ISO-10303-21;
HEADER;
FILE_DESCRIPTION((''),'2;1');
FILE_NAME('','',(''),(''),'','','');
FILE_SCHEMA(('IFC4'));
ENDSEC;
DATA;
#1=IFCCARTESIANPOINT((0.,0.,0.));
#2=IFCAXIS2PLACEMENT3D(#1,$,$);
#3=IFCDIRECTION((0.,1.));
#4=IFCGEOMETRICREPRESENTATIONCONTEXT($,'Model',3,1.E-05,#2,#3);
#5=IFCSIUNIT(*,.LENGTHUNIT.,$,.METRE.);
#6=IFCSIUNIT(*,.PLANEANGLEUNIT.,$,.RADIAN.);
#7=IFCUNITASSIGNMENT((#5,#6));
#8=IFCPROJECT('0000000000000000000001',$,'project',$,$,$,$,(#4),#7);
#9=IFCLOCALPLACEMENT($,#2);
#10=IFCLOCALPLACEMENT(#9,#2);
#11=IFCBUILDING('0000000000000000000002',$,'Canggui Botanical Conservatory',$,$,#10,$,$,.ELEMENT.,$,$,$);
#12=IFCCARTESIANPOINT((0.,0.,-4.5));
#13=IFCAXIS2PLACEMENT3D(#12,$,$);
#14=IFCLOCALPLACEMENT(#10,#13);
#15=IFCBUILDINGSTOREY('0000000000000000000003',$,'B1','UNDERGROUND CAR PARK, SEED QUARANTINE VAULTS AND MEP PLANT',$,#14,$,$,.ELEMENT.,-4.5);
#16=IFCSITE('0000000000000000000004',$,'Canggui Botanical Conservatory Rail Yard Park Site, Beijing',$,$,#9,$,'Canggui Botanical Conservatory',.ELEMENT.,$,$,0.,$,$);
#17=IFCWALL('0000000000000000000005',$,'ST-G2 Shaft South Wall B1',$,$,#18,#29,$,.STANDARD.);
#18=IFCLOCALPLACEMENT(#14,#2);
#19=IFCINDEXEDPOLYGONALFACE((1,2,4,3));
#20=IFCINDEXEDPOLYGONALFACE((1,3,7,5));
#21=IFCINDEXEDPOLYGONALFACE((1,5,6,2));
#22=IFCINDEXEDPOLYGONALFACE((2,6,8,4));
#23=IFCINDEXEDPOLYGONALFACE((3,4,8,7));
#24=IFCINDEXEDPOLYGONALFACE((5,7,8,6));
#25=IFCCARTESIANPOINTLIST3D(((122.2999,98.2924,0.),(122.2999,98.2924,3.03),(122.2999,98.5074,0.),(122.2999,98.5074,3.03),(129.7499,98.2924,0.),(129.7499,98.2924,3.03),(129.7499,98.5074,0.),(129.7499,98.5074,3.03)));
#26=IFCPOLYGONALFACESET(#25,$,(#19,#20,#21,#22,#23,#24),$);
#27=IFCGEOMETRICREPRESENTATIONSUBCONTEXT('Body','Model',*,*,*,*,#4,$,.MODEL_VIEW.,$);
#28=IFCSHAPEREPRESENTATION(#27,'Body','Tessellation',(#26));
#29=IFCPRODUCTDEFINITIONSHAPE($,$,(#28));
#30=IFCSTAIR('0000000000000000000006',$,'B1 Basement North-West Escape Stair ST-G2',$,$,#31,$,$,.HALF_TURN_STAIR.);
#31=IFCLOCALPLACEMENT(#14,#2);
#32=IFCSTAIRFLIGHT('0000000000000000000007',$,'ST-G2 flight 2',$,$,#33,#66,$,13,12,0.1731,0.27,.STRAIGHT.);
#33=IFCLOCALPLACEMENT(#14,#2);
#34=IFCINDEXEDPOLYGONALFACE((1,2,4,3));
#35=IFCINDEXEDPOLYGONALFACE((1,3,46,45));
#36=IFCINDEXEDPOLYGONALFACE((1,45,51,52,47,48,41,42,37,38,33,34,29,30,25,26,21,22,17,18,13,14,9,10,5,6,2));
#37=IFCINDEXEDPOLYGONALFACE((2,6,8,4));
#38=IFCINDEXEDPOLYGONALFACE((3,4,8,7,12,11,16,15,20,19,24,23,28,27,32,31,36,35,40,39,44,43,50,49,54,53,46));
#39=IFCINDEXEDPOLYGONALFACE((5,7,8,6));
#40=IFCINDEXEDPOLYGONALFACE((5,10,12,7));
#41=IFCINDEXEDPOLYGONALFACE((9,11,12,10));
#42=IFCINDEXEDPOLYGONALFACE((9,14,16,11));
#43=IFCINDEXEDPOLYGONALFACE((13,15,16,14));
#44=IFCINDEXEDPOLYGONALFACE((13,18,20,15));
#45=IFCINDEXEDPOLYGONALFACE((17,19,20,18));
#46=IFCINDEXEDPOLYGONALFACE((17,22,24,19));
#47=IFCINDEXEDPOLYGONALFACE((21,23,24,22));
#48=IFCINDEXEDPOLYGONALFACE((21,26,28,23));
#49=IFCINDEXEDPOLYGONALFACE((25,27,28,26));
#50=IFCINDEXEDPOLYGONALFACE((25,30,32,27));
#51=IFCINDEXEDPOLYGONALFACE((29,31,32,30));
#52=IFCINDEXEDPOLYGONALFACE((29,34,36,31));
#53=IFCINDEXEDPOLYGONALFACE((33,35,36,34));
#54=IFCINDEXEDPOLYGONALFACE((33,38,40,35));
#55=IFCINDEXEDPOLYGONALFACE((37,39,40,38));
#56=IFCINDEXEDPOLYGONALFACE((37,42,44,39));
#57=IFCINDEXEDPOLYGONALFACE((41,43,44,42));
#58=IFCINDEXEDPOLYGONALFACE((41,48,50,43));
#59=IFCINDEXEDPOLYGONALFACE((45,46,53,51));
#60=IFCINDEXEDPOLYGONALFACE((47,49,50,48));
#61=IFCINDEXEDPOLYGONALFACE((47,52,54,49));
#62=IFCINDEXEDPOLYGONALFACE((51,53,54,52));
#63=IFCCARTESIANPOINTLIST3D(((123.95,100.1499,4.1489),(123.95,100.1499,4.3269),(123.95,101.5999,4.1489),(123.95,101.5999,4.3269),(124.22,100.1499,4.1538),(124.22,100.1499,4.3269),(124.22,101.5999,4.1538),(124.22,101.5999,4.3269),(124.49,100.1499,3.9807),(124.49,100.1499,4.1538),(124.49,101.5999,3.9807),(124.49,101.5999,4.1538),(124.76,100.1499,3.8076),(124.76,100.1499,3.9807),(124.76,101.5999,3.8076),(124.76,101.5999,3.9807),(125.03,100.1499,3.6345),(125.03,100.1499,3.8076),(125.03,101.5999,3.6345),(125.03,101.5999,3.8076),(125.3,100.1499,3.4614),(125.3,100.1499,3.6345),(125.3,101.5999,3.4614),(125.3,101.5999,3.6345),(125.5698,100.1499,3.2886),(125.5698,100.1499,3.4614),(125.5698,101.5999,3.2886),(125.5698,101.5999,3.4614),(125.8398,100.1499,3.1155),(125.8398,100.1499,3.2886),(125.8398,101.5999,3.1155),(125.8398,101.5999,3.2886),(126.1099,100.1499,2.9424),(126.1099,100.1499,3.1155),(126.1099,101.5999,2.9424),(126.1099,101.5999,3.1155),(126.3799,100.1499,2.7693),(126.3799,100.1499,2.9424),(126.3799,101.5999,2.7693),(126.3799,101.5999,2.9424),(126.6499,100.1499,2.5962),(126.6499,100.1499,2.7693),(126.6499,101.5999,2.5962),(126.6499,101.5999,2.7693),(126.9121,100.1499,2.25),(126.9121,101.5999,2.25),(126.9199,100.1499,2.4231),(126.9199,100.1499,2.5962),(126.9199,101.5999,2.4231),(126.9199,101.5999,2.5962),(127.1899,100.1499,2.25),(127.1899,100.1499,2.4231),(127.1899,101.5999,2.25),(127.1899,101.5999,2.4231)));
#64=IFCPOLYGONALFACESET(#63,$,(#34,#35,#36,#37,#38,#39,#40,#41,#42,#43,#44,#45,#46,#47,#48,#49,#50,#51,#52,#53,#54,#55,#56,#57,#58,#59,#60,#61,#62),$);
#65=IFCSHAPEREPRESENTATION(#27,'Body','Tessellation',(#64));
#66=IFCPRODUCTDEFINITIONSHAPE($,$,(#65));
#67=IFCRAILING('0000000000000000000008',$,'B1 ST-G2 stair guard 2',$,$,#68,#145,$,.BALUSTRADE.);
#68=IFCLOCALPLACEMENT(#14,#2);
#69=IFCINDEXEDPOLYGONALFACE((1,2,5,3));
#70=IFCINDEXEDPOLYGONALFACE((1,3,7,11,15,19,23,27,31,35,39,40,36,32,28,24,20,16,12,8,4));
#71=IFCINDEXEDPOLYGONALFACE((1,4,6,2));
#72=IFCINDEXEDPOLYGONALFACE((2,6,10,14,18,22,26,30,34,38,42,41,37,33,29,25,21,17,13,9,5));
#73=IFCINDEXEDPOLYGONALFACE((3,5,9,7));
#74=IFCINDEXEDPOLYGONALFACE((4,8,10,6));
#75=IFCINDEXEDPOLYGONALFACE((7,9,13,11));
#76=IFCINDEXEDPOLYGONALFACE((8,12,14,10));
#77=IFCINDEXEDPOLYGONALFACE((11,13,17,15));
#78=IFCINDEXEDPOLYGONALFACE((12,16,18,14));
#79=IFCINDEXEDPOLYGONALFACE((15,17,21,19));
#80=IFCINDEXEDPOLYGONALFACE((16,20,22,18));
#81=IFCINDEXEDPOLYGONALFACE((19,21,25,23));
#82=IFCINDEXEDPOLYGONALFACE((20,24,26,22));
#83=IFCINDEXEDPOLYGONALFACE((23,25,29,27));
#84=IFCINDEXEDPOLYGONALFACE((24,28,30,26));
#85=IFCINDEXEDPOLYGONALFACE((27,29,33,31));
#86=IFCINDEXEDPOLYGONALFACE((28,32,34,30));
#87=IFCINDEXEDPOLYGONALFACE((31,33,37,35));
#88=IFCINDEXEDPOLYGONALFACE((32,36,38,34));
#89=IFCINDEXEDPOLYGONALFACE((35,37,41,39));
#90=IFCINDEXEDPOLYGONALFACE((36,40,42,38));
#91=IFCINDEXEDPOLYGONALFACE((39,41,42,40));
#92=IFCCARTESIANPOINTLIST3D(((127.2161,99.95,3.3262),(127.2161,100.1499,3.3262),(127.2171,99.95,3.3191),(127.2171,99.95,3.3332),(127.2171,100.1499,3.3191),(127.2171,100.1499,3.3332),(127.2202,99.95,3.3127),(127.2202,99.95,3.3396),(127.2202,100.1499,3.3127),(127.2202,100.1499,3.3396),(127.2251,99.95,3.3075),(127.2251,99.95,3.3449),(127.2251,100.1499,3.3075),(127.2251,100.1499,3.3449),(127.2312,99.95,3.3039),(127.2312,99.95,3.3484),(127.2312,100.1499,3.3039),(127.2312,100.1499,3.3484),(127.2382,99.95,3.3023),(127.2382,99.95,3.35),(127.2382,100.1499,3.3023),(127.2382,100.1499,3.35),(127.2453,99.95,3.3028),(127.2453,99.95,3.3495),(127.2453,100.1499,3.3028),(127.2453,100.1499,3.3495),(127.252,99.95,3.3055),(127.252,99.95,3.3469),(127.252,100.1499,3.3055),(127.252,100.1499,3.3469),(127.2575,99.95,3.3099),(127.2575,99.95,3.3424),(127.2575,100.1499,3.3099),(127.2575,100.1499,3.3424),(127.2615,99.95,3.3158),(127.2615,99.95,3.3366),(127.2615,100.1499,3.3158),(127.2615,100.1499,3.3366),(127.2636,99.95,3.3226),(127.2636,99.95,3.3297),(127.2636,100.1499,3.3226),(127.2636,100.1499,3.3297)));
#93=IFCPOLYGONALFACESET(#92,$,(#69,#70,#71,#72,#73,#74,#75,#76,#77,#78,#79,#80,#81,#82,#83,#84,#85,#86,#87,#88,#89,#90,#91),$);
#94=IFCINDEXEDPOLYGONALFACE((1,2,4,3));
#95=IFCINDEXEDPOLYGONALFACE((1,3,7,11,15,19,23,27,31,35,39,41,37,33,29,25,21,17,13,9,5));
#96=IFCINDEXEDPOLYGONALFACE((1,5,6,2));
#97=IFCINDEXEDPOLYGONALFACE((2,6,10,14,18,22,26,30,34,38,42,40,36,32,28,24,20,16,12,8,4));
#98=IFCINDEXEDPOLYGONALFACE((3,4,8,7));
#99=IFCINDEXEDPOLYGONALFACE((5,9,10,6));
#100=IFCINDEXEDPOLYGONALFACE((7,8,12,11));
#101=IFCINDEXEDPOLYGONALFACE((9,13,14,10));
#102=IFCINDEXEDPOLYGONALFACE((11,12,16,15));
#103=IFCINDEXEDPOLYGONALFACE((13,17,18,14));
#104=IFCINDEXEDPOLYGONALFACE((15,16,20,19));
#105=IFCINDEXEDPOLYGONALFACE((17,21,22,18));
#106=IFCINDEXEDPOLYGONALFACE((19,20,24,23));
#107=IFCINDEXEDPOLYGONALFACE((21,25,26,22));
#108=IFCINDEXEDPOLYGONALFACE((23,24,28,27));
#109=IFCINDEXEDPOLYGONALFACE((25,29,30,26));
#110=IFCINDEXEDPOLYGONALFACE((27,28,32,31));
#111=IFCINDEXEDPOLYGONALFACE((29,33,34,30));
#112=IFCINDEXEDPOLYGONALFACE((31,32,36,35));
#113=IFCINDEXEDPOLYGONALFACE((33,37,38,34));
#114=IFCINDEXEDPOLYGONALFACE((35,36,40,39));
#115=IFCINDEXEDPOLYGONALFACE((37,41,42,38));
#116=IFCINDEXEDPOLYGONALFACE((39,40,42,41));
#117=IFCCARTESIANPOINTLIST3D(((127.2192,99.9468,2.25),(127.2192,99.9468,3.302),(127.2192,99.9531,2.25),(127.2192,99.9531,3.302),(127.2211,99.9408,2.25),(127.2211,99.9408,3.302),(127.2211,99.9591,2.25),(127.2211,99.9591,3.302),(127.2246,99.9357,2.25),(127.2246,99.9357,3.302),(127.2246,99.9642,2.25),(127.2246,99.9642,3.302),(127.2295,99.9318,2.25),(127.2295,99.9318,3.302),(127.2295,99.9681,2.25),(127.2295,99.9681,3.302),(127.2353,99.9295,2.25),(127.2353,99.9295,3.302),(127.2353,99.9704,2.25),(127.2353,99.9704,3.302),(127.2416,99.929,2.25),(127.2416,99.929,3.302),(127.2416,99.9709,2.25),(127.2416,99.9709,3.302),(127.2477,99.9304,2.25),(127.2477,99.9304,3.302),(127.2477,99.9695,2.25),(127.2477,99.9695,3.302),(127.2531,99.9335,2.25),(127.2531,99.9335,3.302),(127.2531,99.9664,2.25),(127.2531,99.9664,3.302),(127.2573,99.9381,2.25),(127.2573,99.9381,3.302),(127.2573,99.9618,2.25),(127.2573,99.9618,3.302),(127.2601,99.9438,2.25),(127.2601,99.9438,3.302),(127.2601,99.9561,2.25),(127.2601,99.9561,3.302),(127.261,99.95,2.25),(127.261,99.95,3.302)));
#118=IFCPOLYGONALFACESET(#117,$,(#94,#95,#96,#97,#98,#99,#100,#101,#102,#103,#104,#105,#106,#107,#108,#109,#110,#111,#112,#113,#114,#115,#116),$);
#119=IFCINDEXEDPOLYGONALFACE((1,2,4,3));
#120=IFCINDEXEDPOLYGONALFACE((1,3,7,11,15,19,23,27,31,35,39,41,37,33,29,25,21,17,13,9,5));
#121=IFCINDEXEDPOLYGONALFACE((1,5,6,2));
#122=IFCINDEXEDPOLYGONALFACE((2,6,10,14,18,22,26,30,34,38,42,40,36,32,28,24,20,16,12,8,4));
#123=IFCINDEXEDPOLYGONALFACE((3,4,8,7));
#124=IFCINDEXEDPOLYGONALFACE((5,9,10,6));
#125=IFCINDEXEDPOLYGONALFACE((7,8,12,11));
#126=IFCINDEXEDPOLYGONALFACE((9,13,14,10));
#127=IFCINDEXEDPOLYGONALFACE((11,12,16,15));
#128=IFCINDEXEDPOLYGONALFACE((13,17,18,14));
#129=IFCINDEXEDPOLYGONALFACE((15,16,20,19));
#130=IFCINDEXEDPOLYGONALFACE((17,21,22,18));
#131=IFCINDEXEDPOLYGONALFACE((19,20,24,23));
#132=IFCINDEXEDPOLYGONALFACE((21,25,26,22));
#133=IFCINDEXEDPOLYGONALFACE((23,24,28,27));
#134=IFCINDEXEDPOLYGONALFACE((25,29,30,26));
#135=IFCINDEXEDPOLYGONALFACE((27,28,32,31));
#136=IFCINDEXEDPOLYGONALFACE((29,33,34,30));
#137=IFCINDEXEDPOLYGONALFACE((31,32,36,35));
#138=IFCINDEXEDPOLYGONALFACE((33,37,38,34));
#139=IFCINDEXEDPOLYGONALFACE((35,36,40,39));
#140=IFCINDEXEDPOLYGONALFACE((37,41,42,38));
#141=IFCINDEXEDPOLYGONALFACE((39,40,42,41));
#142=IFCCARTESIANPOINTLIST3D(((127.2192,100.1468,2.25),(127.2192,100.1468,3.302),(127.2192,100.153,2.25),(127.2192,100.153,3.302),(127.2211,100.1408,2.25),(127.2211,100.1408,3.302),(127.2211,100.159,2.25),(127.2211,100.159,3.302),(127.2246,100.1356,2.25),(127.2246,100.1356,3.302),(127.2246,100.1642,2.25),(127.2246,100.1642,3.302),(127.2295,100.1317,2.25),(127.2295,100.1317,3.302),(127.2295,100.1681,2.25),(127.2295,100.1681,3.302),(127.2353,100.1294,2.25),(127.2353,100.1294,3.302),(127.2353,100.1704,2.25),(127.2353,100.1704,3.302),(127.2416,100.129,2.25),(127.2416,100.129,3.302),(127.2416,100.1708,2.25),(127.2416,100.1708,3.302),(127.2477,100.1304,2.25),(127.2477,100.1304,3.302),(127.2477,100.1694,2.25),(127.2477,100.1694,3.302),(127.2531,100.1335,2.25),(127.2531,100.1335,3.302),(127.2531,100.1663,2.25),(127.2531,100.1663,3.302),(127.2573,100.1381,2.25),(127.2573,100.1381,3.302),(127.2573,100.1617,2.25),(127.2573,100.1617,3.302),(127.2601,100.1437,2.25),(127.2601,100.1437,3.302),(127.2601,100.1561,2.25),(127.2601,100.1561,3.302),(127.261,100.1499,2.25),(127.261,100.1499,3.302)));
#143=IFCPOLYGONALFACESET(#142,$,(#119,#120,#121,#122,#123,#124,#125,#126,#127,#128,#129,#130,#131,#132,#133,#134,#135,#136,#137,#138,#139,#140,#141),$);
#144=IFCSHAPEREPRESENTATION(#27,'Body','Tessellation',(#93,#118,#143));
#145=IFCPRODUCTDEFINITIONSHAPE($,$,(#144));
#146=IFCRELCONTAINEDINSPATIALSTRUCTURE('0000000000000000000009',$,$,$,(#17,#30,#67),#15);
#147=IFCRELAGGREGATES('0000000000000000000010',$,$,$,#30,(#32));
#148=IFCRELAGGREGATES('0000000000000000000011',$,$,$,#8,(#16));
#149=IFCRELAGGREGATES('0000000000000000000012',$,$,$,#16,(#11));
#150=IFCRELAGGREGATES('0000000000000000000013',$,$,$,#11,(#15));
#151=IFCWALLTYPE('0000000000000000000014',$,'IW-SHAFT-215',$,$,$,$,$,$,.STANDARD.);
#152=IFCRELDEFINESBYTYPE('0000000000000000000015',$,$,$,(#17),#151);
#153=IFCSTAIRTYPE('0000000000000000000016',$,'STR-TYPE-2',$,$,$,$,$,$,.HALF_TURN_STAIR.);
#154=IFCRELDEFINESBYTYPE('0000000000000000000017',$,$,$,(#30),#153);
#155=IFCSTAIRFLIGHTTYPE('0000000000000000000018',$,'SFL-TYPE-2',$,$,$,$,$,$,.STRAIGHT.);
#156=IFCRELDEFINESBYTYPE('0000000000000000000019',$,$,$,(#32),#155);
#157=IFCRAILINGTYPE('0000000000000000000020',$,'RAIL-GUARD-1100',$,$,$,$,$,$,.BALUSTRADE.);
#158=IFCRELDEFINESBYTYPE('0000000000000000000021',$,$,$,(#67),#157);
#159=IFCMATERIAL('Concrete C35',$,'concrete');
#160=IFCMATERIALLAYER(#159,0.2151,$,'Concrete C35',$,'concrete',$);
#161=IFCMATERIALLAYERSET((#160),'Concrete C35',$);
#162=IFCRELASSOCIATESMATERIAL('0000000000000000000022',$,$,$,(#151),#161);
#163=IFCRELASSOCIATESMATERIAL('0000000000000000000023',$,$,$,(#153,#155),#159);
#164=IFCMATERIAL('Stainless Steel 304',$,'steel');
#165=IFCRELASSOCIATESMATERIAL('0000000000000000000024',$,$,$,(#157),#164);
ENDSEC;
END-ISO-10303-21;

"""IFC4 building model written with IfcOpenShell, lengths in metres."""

from ifc_helpers import new_model, si_unit, direction, frame, frame_2d, origin, origin_2d, place, context, subcontext, project, spatial, polyline, rectangle, circle, outline, extrude, material, layer, layer_set, type_object, element, aggregate, save


model = new_model("IFC4")

# Units and contexts
model_context = context("Model", 3, precision=1e-05, world=origin(), true_north=direction((0.0, 1.0)))
body_context = subcontext(model_context, "Body", "Model", "MODEL_VIEW")
ifc_project = project(units=[si_unit("LENGTHUNIT", "METRE"), si_unit("PLANEANGLEUNIT", "RADIAN")], contexts=[model_context])

# Site, building, storey
site_placement = place(None, origin())
site = spatial("IfcSite", under=ifc_project, at=site_placement, Name="Canggui Botanical Conservatory Rail Yard Park Site, Beijing", LongName="Canggui Botanical Conservatory", CompositionType="ELEMENT", RefElevation=0.0)
building_placement = place(site_placement, origin())
building = spatial("IfcBuilding", under=site, at=building_placement, Name="Canggui Botanical Conservatory", CompositionType="ELEMENT")
storey_placement = place(building_placement, frame((0.0, 0.0, -4.5)))
storey = spatial("IfcBuildingStorey", under=building, at=storey_placement, Name="B1", Description="UNDERGROUND CAR PARK, SEED QUARANTINE VAULTS AND MEP PLANT", CompositionType="ELEMENT", Elevation=-4.5)

# Shared definitions
ifc_material_1 = material(Name="Concrete C35", Category="concrete")

# Wall
ifc_layer = layer(ifc_material_1, 0.2151, Name="Concrete C35", Category="concrete")
ifc_layer_set = layer_set([ifc_layer], Name="Concrete C35")
wall_type = type_object("IfcWallType", Name="IW-SHAFT-215", PredefinedType="STANDARD", material=ifc_layer_set)
wall_1_placement = place(storey_placement, frame((129.75, 98.3999, 0.0), z_axis=(0.0, 0.0, 1.0), x_axis=(-1.0, 0.0, 0.0)))
element("IfcWall", 1, at=wall_1_placement, inside=storey, type_object=wall_type, Name="ST-G2 Shaft South Wall B1", PredefinedType="STANDARD", context=body_context, shape_type="SweptSolid", body=[
    extrude(rectangle(XDim=7.45, YDim=0.2151, at=frame_2d((3.7251, 0.0))), origin(), (0.0, 0.0, 1.0), 3.03),
])

# Stair, stair flight
stair_type = type_object("IfcStairType", Name="STR-TYPE-2", PredefinedType="HALF_TURN_STAIR", material=ifc_material_1)
stair_placement = place(storey_placement, origin())
stair = element("IfcStair", 2, at=stair_placement, inside=storey, type_object=stair_type, Name="B1 Basement North-West Escape Stair ST-G2", PredefinedType="HALF_TURN_STAIR")
stair_flight_type = type_object("IfcStairFlightType", Name="SFL-TYPE-2", PredefinedType="STRAIGHT", material=ifc_material_1)
stair_flight_placement = place(storey_placement, frame((127.1899, 100.875, 2.25), z_axis=(0.0, 0.0, 1.0), x_axis=(-1.0, 0.0, 0.0)))
stair_flight = element("IfcStairFlight", 3, at=stair_flight_placement, type_object=stair_flight_type, Name="ST-G2 flight 2", NumberOfRisers=13, NumberOfTreads=12, PredefinedType="STRAIGHT", RiserHeight=0.1731, TreadLength=0.27, context=body_context, shape_type="SweptSolid", body=[
    extrude(outline(polyline([(0.0, 0.0), (0.0, 0.1731), (0.27, 0.1731), (0.27, 0.3462), (0.54, 0.3462), (0.54, 0.5193), (0.8101, 0.5193), (0.8101, 0.6924), (1.0801, 0.6924), (1.0801, 0.8655), (1.3501, 0.8655), (1.3501, 1.0386), (1.6201, 1.0386), (1.6201, 1.2114), (1.8899, 1.2114), (1.8899, 1.3845), (2.1599, 1.3845), (2.1599, 1.5576), (2.4299, 1.5576), (2.4299, 1.7307), (2.7, 1.7307), (2.7, 1.9038), (2.97, 1.9038), (2.97, 2.0769), (3.24, 2.0769), (3.24, 2.25), (3.24, 1.8989), (0.2778, 0.0), (0.0, 0.0)])), frame((0.0, 0.7251, 0.0), z_axis=(0.0, -1.0, 0.0), x_axis=(1.0, 0.0, 0.0)), (0.0, 0.0, 1.0), 1.45),
])
aggregate(stair, [stair_flight])

# Railing
ifc_material_2 = material(Name="Stainless Steel 304", Category="steel")
railing_type_1 = type_object("IfcRailingType", Name="RAIL-GUARD-1100", PredefinedType="BALUSTRADE", material=ifc_material_2)
railing_1_placement = place(storey_placement, frame((127.24, 99.95, 2.25)))
element("IfcRailing", 4, at=railing_1_placement, inside=storey, type_object=railing_type_1, Name="B1 ST-G2 stair guard 2", PredefinedType="BALUSTRADE", context=body_context, shape_type="SweptSolid", body=[
    extrude(circle(Radius=0.0239, at=origin_2d()), frame((0.0, 0.0, 1.0762), z_axis=(0.0, 1.0, 0.0), x_axis=(-1.0, 0.0, 0.0)), (0.0, 0.0, 1.0), 0.2),
    extrude(circle(Radius=0.021, at=origin_2d()), origin(), (0.0, 0.0, 1.0), 1.052),
    extrude(circle(Radius=0.021, at=origin_2d()), frame((0.0, 0.2, 0.0)), (0.0, 0.0, 1.0), 1.052),
])

save(model, "model.ifc")
